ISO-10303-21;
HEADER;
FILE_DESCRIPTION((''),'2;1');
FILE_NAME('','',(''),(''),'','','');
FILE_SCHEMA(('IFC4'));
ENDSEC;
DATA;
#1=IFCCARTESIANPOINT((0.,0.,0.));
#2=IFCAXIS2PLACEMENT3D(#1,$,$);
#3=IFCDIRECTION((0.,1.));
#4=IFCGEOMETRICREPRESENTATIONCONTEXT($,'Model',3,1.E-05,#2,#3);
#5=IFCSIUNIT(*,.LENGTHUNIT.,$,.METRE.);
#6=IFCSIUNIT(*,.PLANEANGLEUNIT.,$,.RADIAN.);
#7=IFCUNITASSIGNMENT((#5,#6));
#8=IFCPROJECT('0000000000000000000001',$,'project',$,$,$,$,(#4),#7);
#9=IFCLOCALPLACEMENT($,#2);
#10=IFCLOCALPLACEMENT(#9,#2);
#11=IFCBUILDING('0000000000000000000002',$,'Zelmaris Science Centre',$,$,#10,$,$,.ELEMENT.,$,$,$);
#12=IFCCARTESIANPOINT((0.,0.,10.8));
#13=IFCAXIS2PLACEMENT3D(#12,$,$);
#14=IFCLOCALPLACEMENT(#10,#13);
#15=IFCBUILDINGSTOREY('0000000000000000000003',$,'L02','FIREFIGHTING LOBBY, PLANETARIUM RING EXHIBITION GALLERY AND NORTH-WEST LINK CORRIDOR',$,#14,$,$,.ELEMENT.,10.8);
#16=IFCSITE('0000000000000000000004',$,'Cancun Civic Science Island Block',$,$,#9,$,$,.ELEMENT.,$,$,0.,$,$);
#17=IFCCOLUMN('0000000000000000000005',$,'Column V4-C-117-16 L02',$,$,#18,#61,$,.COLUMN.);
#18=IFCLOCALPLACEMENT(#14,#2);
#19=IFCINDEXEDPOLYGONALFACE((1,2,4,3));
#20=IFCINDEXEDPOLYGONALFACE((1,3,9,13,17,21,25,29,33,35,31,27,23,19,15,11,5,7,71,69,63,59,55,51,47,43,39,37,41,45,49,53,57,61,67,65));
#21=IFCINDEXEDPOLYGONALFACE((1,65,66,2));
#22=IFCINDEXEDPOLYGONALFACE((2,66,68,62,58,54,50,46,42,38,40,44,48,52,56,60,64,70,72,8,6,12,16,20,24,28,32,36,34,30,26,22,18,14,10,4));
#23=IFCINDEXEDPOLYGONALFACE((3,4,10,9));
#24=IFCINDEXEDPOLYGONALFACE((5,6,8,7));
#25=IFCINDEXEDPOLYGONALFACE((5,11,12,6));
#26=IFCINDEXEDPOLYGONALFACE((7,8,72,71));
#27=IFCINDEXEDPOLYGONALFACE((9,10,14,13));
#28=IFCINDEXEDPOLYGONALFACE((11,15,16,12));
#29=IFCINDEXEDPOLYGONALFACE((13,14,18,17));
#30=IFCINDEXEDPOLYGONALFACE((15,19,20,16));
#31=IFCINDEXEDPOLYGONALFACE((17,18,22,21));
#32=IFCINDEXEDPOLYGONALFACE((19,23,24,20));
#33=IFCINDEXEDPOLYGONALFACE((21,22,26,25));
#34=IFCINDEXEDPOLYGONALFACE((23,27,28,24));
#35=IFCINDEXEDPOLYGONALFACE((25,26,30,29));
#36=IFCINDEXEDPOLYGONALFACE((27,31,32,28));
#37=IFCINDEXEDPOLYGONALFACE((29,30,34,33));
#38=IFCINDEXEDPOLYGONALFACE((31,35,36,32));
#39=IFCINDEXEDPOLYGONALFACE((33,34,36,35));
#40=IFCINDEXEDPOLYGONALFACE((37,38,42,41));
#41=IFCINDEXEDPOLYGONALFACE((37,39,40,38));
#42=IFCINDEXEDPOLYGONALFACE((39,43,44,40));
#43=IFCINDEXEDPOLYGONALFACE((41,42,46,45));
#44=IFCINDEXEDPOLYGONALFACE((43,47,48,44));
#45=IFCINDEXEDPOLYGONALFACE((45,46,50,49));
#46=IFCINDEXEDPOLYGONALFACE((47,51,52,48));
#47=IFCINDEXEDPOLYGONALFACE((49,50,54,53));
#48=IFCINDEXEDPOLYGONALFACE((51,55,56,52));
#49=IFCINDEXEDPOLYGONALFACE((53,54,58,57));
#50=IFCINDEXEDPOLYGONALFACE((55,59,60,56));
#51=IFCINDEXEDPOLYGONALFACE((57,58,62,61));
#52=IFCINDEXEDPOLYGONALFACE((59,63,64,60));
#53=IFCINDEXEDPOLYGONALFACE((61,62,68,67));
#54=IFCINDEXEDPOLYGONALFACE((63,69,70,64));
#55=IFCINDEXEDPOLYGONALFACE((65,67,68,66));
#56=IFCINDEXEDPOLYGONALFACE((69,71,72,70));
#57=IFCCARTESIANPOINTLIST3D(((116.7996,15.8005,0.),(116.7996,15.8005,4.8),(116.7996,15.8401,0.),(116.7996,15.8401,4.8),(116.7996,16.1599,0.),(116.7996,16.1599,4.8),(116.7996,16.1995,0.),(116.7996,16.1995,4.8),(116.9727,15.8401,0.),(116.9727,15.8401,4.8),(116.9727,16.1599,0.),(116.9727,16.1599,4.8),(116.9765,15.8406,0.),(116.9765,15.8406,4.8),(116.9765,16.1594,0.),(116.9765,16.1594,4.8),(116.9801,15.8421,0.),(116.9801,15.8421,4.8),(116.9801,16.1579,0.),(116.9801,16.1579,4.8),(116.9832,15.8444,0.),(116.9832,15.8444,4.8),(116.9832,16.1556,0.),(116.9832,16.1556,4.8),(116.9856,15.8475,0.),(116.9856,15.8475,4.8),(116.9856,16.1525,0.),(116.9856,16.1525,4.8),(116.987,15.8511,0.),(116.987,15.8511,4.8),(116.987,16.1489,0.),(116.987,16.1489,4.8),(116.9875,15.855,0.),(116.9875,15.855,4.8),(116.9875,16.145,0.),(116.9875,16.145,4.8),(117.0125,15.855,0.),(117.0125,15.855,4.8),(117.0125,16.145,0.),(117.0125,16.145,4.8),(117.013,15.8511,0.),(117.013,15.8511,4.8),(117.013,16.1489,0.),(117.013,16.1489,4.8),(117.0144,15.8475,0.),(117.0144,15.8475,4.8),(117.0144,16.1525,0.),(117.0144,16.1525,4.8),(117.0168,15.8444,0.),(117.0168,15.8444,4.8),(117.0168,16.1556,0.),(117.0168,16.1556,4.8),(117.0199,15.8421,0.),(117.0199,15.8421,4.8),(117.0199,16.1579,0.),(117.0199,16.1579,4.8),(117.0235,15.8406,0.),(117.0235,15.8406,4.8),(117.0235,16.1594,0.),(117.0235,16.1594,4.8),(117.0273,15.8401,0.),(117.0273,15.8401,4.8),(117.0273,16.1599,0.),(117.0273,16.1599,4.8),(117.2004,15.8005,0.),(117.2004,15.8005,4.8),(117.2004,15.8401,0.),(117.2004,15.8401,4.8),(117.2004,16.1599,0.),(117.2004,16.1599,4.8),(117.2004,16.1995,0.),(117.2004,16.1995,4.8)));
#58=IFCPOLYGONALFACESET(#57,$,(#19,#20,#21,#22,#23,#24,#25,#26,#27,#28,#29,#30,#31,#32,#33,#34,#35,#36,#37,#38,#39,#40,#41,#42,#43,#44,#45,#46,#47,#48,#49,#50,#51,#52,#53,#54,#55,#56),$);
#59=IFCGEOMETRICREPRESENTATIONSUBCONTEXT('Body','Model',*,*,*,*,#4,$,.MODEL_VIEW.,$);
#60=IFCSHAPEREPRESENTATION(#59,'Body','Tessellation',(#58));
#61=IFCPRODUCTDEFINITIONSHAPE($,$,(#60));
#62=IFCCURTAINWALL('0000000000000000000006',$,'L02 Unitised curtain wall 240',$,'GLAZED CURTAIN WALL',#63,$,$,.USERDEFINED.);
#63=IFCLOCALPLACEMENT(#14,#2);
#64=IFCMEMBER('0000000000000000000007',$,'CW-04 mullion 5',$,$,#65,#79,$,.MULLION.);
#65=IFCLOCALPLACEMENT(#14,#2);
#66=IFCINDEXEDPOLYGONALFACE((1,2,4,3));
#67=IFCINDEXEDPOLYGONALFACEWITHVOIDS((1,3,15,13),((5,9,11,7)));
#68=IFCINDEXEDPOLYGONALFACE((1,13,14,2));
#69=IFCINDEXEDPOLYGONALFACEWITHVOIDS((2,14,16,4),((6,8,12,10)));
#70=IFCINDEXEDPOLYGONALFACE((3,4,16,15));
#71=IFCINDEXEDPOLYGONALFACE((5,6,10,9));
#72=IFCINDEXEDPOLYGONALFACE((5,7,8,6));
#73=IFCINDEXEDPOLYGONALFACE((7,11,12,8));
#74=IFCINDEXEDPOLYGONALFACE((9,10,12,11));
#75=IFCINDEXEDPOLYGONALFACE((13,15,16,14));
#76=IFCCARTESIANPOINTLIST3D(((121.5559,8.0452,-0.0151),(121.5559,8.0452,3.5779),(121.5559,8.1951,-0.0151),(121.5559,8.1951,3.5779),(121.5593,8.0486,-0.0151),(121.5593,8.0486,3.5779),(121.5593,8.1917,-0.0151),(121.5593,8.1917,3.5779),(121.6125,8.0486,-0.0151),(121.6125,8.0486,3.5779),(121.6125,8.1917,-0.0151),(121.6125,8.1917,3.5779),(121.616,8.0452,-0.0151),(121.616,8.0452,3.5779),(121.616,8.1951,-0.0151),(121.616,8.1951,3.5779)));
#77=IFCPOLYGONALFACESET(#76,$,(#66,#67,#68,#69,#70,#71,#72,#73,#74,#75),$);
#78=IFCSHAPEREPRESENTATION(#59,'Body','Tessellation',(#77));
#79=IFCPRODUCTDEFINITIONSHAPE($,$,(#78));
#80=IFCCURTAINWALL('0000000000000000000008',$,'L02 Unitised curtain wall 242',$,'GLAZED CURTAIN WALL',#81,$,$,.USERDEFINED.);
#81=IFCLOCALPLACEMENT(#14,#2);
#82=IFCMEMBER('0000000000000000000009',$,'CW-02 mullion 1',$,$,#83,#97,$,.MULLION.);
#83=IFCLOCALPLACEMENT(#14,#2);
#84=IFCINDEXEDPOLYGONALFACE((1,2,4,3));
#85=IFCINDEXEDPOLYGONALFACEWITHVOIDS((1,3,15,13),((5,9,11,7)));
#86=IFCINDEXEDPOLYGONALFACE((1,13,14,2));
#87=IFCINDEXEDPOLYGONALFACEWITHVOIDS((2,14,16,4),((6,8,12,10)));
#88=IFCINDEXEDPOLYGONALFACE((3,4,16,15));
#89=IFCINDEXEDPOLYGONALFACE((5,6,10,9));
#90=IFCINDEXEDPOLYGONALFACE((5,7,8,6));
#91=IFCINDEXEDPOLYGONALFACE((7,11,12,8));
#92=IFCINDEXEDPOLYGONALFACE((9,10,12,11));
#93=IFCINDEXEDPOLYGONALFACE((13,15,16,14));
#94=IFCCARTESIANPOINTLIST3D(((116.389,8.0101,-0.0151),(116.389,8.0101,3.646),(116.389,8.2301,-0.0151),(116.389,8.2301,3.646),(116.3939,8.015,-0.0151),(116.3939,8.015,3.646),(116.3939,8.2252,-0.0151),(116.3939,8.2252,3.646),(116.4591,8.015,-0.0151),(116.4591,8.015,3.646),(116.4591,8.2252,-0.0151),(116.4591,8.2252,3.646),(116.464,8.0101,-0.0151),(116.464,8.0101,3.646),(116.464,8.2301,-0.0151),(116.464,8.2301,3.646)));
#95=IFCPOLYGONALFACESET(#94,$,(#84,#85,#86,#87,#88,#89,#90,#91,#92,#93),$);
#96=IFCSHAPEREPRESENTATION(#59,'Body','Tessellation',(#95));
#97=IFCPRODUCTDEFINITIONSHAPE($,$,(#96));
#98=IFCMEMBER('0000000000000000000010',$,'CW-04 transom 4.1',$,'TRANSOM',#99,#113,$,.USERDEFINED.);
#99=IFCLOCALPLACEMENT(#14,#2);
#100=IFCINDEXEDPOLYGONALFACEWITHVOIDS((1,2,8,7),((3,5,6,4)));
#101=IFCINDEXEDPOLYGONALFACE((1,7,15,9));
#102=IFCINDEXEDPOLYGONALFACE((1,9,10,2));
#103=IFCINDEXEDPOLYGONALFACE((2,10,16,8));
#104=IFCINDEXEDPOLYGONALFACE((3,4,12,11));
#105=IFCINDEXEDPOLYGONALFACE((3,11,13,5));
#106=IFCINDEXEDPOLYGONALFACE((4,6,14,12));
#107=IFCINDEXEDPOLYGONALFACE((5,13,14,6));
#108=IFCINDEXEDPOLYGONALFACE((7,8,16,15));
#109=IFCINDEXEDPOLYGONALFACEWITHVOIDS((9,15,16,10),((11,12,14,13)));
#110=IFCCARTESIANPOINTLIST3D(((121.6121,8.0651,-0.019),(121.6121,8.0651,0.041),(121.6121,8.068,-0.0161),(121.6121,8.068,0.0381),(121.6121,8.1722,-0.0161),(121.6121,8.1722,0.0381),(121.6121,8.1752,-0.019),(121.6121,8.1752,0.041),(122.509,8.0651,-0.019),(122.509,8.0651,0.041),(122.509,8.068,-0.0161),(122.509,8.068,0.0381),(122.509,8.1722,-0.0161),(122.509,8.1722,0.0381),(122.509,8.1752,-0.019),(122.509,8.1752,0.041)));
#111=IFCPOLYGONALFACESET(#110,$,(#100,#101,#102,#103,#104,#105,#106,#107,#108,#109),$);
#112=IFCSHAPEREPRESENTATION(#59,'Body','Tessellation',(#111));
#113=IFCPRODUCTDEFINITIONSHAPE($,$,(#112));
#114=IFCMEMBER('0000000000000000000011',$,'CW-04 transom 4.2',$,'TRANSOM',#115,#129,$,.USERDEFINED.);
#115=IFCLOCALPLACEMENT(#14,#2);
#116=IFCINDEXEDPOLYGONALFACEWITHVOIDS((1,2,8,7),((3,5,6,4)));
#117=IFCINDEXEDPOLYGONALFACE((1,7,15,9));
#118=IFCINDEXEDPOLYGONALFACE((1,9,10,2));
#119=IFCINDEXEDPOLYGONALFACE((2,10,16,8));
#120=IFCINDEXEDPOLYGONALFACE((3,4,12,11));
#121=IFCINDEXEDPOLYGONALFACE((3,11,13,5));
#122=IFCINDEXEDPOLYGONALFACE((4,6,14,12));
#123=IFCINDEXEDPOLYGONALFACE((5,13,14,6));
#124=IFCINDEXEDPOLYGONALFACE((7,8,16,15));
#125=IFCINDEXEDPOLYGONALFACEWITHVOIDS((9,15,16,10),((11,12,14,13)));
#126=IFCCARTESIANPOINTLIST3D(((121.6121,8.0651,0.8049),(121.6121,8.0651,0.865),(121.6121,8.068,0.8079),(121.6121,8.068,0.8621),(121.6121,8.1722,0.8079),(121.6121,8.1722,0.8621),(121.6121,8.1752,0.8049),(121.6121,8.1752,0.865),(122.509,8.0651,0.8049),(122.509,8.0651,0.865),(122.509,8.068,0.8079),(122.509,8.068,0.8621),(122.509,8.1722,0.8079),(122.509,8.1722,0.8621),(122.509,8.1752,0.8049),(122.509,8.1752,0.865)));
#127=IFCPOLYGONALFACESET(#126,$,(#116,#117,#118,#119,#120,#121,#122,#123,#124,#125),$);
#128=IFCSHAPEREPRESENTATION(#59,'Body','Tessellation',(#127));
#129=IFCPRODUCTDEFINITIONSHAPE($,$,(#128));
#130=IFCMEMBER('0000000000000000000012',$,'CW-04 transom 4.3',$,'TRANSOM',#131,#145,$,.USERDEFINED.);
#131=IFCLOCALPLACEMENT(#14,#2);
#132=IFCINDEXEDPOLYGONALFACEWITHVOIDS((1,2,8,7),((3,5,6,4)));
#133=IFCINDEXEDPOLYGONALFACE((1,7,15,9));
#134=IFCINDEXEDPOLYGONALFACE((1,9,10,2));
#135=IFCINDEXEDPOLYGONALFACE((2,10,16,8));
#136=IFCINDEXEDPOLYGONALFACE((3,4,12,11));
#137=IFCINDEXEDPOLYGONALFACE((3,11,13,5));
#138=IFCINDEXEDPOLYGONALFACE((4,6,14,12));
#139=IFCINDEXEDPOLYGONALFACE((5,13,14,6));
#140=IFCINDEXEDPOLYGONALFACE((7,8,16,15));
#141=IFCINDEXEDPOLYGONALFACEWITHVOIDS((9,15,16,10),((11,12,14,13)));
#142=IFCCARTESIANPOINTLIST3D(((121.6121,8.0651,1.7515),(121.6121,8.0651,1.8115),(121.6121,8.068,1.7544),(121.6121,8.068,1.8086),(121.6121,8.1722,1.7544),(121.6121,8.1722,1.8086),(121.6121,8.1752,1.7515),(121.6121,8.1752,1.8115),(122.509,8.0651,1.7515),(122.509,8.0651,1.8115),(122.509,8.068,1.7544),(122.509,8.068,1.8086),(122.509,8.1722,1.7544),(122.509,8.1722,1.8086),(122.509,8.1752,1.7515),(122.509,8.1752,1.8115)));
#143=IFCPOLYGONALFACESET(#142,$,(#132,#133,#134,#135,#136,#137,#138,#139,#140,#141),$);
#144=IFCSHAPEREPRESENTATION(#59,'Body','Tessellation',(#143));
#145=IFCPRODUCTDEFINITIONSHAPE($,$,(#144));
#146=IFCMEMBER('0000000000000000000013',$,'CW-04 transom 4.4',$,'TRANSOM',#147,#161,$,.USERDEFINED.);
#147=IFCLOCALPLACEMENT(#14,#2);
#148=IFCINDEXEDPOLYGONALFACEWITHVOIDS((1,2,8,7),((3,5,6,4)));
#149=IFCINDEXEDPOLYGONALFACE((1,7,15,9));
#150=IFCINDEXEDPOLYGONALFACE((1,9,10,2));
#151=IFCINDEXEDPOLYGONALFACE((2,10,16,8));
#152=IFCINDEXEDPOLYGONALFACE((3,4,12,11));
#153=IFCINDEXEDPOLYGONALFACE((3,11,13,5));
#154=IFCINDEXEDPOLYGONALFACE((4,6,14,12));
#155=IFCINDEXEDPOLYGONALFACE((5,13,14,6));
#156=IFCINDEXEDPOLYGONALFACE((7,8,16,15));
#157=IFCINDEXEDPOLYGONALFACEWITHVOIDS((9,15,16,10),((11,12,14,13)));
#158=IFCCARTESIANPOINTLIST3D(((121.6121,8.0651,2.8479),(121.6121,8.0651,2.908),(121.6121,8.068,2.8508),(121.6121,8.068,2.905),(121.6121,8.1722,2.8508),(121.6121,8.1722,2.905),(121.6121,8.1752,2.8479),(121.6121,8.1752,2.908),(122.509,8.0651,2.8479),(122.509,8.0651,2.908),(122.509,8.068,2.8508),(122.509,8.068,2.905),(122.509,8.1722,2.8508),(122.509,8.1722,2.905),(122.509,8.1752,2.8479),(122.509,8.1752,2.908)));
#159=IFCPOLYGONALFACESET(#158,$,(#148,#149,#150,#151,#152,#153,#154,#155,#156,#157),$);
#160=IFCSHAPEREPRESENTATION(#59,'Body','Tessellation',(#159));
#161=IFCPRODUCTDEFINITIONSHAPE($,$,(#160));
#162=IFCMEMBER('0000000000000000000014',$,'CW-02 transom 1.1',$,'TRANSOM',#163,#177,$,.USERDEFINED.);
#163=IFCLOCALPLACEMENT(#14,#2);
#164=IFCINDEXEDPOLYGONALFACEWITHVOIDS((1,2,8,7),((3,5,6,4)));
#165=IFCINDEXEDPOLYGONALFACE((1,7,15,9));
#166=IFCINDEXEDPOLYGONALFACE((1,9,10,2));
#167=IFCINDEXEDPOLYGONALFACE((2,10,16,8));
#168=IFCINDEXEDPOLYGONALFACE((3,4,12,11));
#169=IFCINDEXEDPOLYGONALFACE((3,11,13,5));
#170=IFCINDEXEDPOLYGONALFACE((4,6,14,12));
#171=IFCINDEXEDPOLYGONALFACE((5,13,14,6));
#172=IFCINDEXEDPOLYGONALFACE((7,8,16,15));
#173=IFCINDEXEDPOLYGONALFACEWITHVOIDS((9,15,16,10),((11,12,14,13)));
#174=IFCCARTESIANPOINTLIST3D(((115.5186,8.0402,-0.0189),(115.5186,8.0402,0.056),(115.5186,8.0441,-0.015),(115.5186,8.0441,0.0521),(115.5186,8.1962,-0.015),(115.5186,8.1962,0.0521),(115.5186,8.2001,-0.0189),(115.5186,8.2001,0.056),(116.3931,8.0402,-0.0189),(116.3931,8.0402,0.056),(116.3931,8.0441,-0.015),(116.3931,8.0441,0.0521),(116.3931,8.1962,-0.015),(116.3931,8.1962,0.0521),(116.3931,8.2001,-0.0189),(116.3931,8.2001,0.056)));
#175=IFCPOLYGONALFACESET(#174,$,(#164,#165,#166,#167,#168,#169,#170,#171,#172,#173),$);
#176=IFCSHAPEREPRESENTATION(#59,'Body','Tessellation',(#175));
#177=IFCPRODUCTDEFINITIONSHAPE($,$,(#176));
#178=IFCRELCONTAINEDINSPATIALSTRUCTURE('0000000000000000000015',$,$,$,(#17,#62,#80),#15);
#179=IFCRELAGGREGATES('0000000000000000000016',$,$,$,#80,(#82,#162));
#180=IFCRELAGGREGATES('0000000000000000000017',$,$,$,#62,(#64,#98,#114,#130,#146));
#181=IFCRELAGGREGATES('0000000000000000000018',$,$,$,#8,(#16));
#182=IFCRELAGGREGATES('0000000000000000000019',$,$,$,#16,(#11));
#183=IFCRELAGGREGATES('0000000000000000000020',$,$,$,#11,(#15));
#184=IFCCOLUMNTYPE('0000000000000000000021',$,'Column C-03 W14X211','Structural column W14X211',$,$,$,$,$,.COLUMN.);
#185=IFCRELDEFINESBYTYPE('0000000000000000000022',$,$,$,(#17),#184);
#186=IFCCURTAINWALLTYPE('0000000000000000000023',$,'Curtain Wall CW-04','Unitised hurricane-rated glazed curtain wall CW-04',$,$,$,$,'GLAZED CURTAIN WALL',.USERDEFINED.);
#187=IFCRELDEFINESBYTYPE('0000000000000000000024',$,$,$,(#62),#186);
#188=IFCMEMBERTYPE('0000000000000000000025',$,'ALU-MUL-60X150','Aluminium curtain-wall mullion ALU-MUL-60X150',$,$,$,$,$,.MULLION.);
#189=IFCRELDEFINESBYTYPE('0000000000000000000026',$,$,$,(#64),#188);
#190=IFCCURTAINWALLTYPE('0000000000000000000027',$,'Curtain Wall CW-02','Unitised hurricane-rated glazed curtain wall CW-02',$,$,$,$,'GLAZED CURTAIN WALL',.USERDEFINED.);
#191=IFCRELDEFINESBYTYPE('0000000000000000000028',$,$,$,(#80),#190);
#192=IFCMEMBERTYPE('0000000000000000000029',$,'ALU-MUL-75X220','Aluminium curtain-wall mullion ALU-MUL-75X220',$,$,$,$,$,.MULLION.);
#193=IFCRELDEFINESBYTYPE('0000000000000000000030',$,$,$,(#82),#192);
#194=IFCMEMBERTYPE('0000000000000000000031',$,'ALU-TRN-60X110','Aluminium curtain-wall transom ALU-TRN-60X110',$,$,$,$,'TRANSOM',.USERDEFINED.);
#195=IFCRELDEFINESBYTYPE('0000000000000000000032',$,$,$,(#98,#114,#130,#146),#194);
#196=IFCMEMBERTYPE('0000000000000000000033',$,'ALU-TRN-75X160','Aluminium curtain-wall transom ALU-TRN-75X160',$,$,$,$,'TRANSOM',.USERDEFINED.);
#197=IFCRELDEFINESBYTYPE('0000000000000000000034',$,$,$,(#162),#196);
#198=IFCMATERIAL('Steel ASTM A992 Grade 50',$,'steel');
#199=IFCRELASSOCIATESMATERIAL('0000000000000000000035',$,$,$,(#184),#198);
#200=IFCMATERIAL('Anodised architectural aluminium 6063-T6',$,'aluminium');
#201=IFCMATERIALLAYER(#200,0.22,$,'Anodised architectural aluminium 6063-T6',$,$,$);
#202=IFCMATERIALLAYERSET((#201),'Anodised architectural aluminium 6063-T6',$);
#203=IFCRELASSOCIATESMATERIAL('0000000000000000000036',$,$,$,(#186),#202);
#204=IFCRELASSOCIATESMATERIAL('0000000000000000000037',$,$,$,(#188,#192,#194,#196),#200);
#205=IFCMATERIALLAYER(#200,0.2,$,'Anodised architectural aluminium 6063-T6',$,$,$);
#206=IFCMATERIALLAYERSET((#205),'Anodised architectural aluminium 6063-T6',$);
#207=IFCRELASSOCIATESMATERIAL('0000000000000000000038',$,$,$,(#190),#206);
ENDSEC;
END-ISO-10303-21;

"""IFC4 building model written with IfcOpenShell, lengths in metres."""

from ifc_helpers import new_model, si_unit, direction, frame, origin, origin_2d, place, context, subcontext, project, spatial, hollow_rectangle, i_section, extrude, material, layer, layer_set, material_profile, profile_set, type_object, element, aggregate, save


model = new_model("IFC4")

# Units and contexts
model_context = context("Model", 3, precision=1e-05, world=origin(), true_north=direction((0.0, 1.0)))
body_context = subcontext(model_context, "Body", "Model", "MODEL_VIEW")
ifc_project = project(units=[si_unit("LENGTHUNIT", "METRE"), si_unit("PLANEANGLEUNIT", "RADIAN")], contexts=[model_context])

# Site, building, storey
site_placement = place(None, origin())
site = spatial("IfcSite", under=ifc_project, at=site_placement, Name="Cancun Civic Science Island Block", CompositionType="ELEMENT", RefElevation=0.0)
building_placement = place(site_placement, origin())
building = spatial("IfcBuilding", under=site, at=building_placement, Name="Zelmaris Science Centre", CompositionType="ELEMENT")
storey_placement = place(building_placement, frame((0.0, 0.0, 10.8)))
storey = spatial("IfcBuildingStorey", under=building, at=storey_placement, Name="L02", Description="FIREFIGHTING LOBBY, PLANETARIUM RING EXHIBITION GALLERY AND NORTH-WEST LINK CORRIDOR", CompositionType="ELEMENT", Elevation=10.8)

# Column
ifc_material_1 = material(Name="Steel ASTM A992 Grade 50", Category="steel")
ifc_material_profile_1 = material_profile(ifc_material_1, i_section(OverallWidth=0.4009, OverallDepth=0.3989, WebThickness=0.0249, FlangeThickness=0.0396, FilletRadius=0.0149, at=origin_2d()), Name="W14X211")
ifc_profile_set_1 = profile_set([ifc_material_profile_1], Name="Steel ASTM A992 Grade 50")
column_type = type_object("IfcColumnType", Name="Column C-03 W14X211", Description="Structural column W14X211", PredefinedType="COLUMN", material=ifc_profile_set_1)
column_placement = place(storey_placement, frame((117.0, 16.0, 0.0), z_axis=(0.0, 0.0, 1.0), x_axis=(1.0, 0.0, 0.0)))
element("IfcColumn", 1, at=column_placement, inside=storey, type_object=column_type, Name="Column V4-C-117-16 L02", PredefinedType="COLUMN", context=body_context, shape_type="SweptSolid", body=[
    extrude(i_section(OverallWidth=0.4009, OverallDepth=0.3989, WebThickness=0.0249, FlangeThickness=0.0396, FilletRadius=0.0149, at=origin_2d()), origin(), (0.0, 0.0, 1.0), 4.8),
])

# Curtain walls, members
ifc_material_2 = material(Name="Anodised architectural aluminium 6063-T6", Category="aluminium")
ifc_layer_1 = layer(ifc_material_2, 0.22, Name="Anodised architectural aluminium 6063-T6")
ifc_layer_set_1 = layer_set([ifc_layer_1], Name="Anodised architectural aluminium 6063-T6")
curtain_wall_type_1 = type_object("IfcCurtainWallType", Name="Curtain Wall CW-04", Description="Unitised hurricane-rated glazed curtain wall CW-04", ElementType="GLAZED CURTAIN WALL", PredefinedType="USERDEFINED", material=ifc_layer_set_1)
curtain_wall_1_placement = place(storey_placement, origin())
curtain_wall_1 = element("IfcCurtainWall", 2, at=curtain_wall_1_placement, inside=storey, type_object=curtain_wall_type_1, Name="L02 Unitised curtain wall 240", ObjectType="GLAZED CURTAIN WALL", PredefinedType="USERDEFINED")
ifc_material_profile_2 = material_profile(ifc_material_2, hollow_rectangle(XDim=0.0601, YDim=0.1499, WallThickness=0.0034, at=origin_2d()), Name="ALU-MUL-60X150")
ifc_profile_set_2 = profile_set([ifc_material_profile_2], Name="Anodised architectural aluminium 6063-T6")
member_type_1 = type_object("IfcMemberType", Name="ALU-MUL-60X150", Description="Aluminium curtain-wall mullion ALU-MUL-60X150", PredefinedType="MULLION", material=ifc_profile_set_2)
member_1_placement = place(storey_placement, frame((121.5859, 8.1201, -0.0151), z_axis=(0.0, 0.0, 1.0), x_axis=(-1.0, 0.0, 0.0)))
member_1 = element("IfcMember", 3, at=member_1_placement, type_object=member_type_1, Name="CW-04 mullion 5", PredefinedType="MULLION", context=body_context, shape_type="SweptSolid", body=[
    extrude(hollow_rectangle(XDim=0.0601, YDim=0.1499, WallThickness=0.0034, at=origin_2d()), origin(), (0.0, 0.0, 1.0), 3.593),
])
ifc_layer_2 = layer(ifc_material_2, 0.2, Name="Anodised architectural aluminium 6063-T6")
ifc_layer_set_2 = layer_set([ifc_layer_2], Name="Anodised architectural aluminium 6063-T6")
curtain_wall_type_2 = type_object("IfcCurtainWallType", Name="Curtain Wall CW-02", Description="Unitised hurricane-rated glazed curtain wall CW-02", ElementType="GLAZED CURTAIN WALL", PredefinedType="USERDEFINED", material=ifc_layer_set_2)
curtain_wall_2_placement = place(storey_placement, origin())
curtain_wall_2 = element("IfcCurtainWall", 4, at=curtain_wall_2_placement, inside=storey, type_object=curtain_wall_type_2, Name="L02 Unitised curtain wall 242", ObjectType="GLAZED CURTAIN WALL", PredefinedType="USERDEFINED")
ifc_material_profile_3 = material_profile(ifc_material_2, hollow_rectangle(XDim=0.075, YDim=0.22, WallThickness=0.0049, at=origin_2d()), Name="ALU-MUL-75X220")
ifc_profile_set_3 = profile_set([ifc_material_profile_3], Name="Anodised architectural aluminium 6063-T6")
member_type_2 = type_object("IfcMemberType", Name="ALU-MUL-75X220", Description="Aluminium curtain-wall mullion ALU-MUL-75X220", PredefinedType="MULLION", material=ifc_profile_set_3)
member_2_placement = place(storey_placement, frame((116.4265, 8.1201, -0.0151), z_axis=(0.0, 0.0, 1.0), x_axis=(-1.0, 0.0, 0.0)))
member_2 = element("IfcMember", 5, at=member_2_placement, type_object=member_type_2, Name="CW-02 mullion 1", PredefinedType="MULLION", context=body_context, shape_type="SweptSolid", body=[
    extrude(hollow_rectangle(XDim=0.075, YDim=0.22, WallThickness=0.0049, at=origin_2d()), origin(), (0.0, 0.0, 1.0), 3.6611),
])

# Members
ifc_material_profile_4 = material_profile(ifc_material_2, hollow_rectangle(XDim=0.0601, YDim=0.1101, WallThickness=0.0029, at=origin_2d()), Name="ALU-TRN-60X110")
ifc_profile_set_4 = profile_set([ifc_material_profile_4], Name="Anodised architectural aluminium 6063-T6")
member_type_3 = type_object("IfcMemberType", Name="ALU-TRN-60X110", Description="Aluminium curtain-wall transom ALU-TRN-60X110", ElementType="TRANSOM", PredefinedType="USERDEFINED", material=ifc_profile_set_4)
member_3_placement = place(storey_placement, frame((122.509, 8.1201, 0.011), z_axis=(-1.0, 0.0, 0.0), x_axis=(0.0, 0.0, 1.0)))
member_3 = element("IfcMember", 6, at=member_3_placement, type_object=member_type_3, Name="CW-04 transom 4.1", ObjectType="TRANSOM", PredefinedType="USERDEFINED", context=body_context, shape_type="SweptSolid", body=[
    extrude(hollow_rectangle(XDim=0.0601, YDim=0.1101, WallThickness=0.0029, at=origin_2d()), origin(), (0.0, 0.0, 1.0), 0.897),
])
member_4_placement = place(storey_placement, frame((122.509, 8.1201, 0.835), z_axis=(-1.0, 0.0, 0.0), x_axis=(0.0, 0.0, 1.0)))
member_4 = element("IfcMember", 7, at=member_4_placement, type_object=member_type_3, Name="CW-04 transom 4.2", ObjectType="TRANSOM", PredefinedType="USERDEFINED", context=body_context, shape_type="SweptSolid", body=[
    extrude(hollow_rectangle(XDim=0.0601, YDim=0.1101, WallThickness=0.0029, at=origin_2d()), origin(), (0.0, 0.0, 1.0), 0.897),
])
member_5_placement = place(storey_placement, frame((122.509, 8.1201, 1.7815), z_axis=(-1.0, 0.0, 0.0), x_axis=(0.0, 0.0, 1.0)))
member_5 = element("IfcMember", 8, at=member_5_placement, type_object=member_type_3, Name="CW-04 transom 4.3", ObjectType="TRANSOM", PredefinedType="USERDEFINED", context=body_context, shape_type="SweptSolid", body=[
    extrude(hollow_rectangle(XDim=0.0601, YDim=0.1101, WallThickness=0.0029, at=origin_2d()), origin(), (0.0, 0.0, 1.0), 0.897),
])
member_6_placement = place(storey_placement, frame((122.509, 8.1201, 2.8779), z_axis=(-1.0, 0.0, 0.0), x_axis=(0.0, 0.0, 1.0)))
member_6 = element("IfcMember", 9, at=member_6_placement, type_object=member_type_3, Name="CW-04 transom 4.4", ObjectType="TRANSOM", PredefinedType="USERDEFINED", context=body_context, shape_type="SweptSolid", body=[
    extrude(hollow_rectangle(XDim=0.0601, YDim=0.1101, WallThickness=0.0029, at=origin_2d()), origin(), (0.0, 0.0, 1.0), 0.897),
])
ifc_material_profile_5 = material_profile(ifc_material_2, hollow_rectangle(XDim=0.075, YDim=0.1599, WallThickness=0.0039, at=origin_2d()), Name="ALU-TRN-75X160")
ifc_profile_set_5 = profile_set([ifc_material_profile_5], Name="Anodised architectural aluminium 6063-T6")
member_type_4 = type_object("IfcMemberType", Name="ALU-TRN-75X160", Description="Aluminium curtain-wall transom ALU-TRN-75X160", ElementType="TRANSOM", PredefinedType="USERDEFINED", material=ifc_profile_set_5)
member_7_placement = place(storey_placement, frame((116.3931, 8.1201, 0.0186), z_axis=(-1.0, 0.0, 0.0), x_axis=(0.0, 0.0, 1.0)))
member_7 = element("IfcMember", 10, at=member_7_placement, type_object=member_type_4, Name="CW-02 transom 1.1", ObjectType="TRANSOM", PredefinedType="USERDEFINED", context=body_context, shape_type="SweptSolid", body=[
    extrude(hollow_rectangle(XDim=0.075, YDim=0.1599, WallThickness=0.0039, at=origin_2d()), origin(), (0.0, 0.0, 1.0), 0.8745),
])

aggregate(curtain_wall_2, [member_2, member_7])
aggregate(curtain_wall_1, [member_1, member_3, member_4, member_5, member_6])

save(model, "model.ifc")
